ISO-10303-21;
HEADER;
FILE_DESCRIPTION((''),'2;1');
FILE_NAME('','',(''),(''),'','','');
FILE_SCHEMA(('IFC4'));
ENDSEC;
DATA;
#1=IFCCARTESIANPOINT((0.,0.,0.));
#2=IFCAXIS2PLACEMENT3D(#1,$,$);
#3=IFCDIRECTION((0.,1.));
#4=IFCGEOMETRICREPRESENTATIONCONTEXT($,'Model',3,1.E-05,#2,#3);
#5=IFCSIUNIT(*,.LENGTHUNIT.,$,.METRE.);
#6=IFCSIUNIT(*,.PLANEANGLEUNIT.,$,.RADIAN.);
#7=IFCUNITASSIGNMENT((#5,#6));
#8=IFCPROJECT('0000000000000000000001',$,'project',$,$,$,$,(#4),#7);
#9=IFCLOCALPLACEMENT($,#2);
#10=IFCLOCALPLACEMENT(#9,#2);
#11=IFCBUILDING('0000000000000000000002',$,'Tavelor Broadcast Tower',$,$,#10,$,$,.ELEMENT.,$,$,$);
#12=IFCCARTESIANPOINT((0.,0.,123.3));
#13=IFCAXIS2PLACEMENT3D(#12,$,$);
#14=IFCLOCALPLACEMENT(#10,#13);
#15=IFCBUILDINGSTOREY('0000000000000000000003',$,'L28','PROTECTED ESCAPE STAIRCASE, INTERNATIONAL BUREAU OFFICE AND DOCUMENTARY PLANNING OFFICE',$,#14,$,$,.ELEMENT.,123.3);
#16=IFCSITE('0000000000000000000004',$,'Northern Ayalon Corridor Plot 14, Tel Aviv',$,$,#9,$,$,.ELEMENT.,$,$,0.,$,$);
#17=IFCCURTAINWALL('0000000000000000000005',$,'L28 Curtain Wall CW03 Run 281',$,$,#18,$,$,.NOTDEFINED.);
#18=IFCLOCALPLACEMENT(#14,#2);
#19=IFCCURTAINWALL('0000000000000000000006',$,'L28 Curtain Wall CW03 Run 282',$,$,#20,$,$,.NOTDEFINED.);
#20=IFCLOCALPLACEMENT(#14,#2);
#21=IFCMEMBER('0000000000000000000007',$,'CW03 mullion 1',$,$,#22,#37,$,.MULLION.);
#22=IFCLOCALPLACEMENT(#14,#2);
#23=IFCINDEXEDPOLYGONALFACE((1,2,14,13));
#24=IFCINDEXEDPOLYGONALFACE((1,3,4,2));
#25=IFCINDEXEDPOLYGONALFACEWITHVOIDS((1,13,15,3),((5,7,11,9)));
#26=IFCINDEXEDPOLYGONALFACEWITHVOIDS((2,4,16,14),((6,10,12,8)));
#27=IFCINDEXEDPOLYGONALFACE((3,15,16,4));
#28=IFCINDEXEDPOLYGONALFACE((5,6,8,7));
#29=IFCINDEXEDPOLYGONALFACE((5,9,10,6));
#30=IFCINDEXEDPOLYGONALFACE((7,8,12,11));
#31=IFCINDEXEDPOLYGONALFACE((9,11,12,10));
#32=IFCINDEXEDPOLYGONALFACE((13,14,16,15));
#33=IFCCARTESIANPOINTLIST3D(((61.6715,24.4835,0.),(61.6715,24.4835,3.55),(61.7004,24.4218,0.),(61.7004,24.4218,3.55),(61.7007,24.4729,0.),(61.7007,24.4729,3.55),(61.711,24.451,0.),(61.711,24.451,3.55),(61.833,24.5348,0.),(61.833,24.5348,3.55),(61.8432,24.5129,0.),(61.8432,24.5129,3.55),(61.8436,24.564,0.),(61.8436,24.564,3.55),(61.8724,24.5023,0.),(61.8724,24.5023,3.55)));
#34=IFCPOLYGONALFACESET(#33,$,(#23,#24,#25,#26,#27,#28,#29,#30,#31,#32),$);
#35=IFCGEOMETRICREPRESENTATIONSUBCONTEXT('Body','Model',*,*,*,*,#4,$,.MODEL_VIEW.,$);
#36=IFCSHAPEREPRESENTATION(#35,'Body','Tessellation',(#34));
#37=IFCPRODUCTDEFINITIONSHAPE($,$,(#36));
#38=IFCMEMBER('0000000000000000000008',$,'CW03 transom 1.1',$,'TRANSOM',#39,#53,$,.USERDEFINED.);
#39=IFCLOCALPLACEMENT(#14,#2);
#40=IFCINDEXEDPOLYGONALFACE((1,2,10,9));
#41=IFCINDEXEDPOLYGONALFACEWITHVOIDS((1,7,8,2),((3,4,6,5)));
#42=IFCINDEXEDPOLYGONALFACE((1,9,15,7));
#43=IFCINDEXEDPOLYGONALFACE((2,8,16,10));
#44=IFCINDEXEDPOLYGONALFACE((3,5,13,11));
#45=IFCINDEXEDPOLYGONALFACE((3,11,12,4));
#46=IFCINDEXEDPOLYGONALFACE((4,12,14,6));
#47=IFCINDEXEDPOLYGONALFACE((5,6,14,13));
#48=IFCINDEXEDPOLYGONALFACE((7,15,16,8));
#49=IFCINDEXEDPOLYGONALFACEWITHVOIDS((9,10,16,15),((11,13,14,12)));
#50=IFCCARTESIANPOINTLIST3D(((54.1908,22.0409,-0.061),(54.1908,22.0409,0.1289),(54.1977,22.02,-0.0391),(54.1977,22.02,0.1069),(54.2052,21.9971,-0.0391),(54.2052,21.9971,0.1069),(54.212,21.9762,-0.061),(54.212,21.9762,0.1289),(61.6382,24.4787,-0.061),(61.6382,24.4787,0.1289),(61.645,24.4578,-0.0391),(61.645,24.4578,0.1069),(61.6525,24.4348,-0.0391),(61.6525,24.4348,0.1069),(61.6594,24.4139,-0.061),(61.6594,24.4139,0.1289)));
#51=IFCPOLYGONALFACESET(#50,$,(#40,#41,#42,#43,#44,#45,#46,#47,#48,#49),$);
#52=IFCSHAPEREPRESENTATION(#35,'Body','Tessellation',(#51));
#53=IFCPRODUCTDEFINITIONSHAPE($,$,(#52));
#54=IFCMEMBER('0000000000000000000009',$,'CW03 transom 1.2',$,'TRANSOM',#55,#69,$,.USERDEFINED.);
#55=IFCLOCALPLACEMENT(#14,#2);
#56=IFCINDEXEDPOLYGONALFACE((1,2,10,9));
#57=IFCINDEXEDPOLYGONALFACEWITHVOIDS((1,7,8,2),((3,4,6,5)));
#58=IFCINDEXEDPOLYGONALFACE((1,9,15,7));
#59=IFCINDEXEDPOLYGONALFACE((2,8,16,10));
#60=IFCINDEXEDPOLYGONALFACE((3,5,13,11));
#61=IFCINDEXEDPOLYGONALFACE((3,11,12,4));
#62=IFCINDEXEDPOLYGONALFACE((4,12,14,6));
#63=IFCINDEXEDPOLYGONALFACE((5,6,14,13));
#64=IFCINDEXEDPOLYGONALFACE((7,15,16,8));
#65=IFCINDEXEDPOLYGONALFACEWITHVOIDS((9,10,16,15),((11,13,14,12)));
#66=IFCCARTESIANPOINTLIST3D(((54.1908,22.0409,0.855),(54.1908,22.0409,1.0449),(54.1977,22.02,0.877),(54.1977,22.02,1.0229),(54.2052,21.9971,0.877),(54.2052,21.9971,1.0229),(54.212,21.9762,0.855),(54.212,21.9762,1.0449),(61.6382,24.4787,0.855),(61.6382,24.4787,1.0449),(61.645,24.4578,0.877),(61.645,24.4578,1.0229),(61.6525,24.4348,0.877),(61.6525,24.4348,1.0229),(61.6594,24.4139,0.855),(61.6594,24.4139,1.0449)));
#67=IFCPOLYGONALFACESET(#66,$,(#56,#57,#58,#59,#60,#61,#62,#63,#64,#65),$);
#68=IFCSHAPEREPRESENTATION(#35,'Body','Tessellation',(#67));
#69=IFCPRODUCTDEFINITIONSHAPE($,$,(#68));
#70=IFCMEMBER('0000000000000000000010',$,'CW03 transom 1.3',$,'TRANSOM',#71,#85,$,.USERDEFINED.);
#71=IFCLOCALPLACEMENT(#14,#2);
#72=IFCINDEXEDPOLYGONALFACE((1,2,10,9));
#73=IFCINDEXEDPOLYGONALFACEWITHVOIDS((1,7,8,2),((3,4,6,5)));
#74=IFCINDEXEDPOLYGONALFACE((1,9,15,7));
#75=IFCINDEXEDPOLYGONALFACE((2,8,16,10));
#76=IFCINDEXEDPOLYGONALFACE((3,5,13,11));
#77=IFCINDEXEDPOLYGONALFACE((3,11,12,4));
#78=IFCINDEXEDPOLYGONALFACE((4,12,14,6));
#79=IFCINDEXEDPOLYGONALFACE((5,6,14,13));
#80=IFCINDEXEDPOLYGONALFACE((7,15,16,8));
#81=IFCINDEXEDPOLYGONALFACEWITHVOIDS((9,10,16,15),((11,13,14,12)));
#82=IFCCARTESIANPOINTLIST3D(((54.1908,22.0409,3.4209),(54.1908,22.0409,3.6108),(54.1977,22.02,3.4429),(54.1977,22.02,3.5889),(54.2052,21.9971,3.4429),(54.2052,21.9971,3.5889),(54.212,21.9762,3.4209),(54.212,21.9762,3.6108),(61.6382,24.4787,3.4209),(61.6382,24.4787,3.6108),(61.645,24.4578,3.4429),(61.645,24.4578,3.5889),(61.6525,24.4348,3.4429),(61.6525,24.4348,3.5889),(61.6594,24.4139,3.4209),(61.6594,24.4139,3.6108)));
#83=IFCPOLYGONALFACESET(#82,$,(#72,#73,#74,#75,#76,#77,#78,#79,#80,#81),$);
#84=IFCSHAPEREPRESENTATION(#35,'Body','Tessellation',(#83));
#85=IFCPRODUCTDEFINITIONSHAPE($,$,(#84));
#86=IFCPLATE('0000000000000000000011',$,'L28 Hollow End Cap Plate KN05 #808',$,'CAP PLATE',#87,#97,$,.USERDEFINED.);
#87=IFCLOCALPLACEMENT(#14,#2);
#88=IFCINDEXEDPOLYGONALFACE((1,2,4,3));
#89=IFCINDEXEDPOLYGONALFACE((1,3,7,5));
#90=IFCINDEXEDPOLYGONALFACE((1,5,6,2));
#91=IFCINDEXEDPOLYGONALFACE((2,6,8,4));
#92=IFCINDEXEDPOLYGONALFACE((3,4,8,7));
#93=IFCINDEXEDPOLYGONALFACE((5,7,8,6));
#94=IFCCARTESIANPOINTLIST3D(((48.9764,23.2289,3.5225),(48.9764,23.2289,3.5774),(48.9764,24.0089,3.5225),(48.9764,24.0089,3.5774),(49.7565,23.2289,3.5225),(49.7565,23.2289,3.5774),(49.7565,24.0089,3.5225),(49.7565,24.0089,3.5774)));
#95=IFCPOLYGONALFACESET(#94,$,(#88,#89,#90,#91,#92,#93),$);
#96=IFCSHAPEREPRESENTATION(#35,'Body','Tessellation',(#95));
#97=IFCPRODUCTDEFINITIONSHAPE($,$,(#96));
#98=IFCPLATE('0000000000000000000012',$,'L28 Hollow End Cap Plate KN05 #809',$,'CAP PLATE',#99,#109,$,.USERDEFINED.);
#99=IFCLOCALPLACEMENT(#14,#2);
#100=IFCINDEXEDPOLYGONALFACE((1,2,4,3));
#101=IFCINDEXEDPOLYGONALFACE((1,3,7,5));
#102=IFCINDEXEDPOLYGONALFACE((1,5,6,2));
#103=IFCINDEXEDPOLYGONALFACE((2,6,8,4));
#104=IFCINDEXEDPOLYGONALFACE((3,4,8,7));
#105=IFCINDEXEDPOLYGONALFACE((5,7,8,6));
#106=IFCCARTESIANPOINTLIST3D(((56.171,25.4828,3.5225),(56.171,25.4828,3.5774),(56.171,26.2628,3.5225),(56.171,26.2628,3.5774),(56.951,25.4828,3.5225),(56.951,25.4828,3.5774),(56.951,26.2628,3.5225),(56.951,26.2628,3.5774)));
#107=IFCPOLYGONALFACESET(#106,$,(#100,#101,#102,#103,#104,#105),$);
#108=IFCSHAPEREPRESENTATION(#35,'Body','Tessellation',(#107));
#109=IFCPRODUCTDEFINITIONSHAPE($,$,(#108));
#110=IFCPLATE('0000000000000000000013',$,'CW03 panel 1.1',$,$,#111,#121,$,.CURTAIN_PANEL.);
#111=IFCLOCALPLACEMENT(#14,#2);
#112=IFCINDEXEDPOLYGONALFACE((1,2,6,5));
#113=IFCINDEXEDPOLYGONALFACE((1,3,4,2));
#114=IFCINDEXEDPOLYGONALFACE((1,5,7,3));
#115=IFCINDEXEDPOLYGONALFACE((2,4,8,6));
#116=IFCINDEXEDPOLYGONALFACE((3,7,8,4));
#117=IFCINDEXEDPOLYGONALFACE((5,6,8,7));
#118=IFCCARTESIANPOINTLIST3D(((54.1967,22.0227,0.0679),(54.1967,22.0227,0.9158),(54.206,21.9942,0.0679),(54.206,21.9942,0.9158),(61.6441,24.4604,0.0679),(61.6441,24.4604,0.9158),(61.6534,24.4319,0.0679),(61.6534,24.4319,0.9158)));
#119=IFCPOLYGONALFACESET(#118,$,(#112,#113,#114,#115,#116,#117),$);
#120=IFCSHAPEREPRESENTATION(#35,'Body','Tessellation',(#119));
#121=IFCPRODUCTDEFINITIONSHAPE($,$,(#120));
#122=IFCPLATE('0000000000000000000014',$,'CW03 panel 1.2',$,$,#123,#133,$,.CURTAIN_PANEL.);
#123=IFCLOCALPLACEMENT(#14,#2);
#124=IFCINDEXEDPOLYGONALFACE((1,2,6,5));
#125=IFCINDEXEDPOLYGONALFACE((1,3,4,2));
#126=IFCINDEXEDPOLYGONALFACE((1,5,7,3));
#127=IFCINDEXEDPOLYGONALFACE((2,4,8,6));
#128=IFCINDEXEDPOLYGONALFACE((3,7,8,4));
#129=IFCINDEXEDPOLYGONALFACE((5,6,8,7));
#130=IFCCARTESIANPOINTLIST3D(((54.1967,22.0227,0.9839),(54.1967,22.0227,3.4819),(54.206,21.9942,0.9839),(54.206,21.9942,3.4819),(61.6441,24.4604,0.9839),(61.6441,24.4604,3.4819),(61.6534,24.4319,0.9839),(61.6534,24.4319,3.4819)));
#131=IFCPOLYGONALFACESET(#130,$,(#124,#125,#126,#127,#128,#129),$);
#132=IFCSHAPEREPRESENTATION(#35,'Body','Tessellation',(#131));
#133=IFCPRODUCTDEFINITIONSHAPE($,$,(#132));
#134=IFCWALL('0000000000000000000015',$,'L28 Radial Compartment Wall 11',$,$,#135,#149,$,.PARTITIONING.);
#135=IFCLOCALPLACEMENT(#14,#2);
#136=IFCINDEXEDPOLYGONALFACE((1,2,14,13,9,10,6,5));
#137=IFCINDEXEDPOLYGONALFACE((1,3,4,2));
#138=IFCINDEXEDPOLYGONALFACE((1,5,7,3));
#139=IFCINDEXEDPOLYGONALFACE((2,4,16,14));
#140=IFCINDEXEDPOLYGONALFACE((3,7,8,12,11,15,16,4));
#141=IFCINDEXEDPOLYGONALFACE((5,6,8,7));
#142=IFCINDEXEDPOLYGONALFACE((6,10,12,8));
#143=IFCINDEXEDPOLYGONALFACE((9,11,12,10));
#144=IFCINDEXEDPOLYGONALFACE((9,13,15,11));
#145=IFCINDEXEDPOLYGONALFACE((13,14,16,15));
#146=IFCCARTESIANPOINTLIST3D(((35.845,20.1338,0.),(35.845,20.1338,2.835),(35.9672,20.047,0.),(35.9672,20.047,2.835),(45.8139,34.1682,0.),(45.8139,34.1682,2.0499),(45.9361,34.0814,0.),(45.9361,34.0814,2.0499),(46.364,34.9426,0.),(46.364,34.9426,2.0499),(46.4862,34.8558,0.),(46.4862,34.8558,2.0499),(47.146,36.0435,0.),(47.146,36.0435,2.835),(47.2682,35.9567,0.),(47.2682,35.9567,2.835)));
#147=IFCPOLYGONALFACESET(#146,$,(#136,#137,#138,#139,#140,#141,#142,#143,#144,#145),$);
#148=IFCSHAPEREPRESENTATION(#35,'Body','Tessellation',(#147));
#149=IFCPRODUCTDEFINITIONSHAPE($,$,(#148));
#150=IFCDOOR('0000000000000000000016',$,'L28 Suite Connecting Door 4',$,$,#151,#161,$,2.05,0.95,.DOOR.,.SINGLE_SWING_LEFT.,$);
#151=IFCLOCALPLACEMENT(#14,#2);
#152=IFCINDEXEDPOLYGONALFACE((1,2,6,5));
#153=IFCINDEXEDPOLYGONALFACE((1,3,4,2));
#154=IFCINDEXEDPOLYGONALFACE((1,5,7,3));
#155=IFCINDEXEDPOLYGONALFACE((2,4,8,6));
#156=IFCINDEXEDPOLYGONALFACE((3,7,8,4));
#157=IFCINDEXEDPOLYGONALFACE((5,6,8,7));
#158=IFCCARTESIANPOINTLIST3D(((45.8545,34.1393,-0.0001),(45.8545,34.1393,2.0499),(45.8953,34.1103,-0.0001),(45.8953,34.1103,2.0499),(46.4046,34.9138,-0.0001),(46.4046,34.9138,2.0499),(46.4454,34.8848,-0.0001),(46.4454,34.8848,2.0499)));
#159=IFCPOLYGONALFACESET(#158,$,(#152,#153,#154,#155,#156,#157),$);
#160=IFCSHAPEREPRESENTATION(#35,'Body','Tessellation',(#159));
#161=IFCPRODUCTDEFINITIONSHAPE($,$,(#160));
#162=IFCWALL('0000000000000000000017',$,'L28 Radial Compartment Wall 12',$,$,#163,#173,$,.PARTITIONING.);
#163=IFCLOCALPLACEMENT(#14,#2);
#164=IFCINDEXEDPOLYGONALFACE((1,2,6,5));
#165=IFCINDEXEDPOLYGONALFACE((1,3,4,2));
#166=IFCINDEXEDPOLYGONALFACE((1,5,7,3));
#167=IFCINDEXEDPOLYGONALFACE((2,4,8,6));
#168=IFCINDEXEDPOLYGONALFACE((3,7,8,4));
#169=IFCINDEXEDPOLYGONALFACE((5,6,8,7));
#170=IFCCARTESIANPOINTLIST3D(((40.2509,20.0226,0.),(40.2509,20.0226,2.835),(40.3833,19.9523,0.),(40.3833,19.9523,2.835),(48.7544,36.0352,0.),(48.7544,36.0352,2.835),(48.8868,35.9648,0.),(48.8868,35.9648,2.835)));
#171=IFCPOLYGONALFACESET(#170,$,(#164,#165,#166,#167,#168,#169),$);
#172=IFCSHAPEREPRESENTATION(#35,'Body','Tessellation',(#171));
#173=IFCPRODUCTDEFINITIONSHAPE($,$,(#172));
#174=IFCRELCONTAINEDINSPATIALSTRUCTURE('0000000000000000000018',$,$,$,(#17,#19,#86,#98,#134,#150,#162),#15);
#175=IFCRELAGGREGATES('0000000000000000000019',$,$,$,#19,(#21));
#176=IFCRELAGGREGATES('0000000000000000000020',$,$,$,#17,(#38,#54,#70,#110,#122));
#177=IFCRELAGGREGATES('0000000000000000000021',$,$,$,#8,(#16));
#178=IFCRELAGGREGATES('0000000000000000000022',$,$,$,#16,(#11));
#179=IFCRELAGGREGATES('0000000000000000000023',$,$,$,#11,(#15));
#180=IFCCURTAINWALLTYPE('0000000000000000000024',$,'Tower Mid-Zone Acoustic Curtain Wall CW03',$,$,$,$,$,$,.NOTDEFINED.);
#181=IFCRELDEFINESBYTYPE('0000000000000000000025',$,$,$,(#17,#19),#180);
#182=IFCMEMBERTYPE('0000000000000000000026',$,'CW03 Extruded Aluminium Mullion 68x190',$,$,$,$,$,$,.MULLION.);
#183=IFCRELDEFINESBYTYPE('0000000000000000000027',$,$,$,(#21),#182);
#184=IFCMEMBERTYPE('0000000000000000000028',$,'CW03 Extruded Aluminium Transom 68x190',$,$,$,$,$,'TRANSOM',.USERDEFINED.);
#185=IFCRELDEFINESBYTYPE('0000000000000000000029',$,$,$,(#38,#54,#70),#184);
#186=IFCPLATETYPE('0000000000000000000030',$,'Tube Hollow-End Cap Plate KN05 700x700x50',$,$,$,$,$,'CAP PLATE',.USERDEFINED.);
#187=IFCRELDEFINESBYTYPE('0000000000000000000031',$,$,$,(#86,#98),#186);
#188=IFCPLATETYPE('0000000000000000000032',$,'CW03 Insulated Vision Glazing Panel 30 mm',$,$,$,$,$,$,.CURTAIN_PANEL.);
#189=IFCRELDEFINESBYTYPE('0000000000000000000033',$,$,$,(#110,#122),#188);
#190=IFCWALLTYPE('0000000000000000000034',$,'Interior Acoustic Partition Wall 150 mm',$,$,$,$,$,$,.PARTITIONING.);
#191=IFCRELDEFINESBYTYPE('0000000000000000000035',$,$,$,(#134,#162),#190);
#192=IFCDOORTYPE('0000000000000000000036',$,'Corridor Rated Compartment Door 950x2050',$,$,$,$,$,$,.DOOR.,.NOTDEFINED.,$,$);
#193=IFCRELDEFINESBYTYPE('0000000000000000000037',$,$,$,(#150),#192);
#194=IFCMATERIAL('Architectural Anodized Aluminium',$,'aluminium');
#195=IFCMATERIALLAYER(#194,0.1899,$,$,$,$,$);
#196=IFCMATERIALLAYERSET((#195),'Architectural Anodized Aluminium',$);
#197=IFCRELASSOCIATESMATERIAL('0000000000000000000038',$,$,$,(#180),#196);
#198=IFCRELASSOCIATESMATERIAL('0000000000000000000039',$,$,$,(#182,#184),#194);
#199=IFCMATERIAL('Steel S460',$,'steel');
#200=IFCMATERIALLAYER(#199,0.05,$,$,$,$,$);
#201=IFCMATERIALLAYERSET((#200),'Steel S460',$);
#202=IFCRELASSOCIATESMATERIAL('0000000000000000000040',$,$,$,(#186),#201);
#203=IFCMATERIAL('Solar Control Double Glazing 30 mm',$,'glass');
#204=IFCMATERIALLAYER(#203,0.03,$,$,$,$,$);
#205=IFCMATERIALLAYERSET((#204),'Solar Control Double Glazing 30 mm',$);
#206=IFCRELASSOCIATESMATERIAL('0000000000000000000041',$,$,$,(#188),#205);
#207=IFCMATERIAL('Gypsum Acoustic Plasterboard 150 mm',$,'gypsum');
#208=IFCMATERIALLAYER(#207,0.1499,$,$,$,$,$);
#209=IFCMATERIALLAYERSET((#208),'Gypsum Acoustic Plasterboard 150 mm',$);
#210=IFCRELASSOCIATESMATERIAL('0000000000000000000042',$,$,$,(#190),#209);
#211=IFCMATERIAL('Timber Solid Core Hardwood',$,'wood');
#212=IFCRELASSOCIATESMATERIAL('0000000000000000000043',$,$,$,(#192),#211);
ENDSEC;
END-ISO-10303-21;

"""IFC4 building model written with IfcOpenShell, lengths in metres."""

from ifc_helpers import new_model, si_unit, direction, frame, frame_2d, origin, origin_2d, place, context, subcontext, project, spatial, rectangle, hollow_rectangle, extrude, source, transform, mapped, material, layer, layer_set, material_profile, profile_set, type_object, type_shapes, element, fill, aggregate, save


model = new_model("IFC4")

# Units and contexts
model_context = context("Model", 3, precision=1e-05, world=origin(), true_north=direction((0.0, 1.0)))
body_context = subcontext(model_context, "Body", "Model", "MODEL_VIEW")
ifc_project = project(units=[si_unit("LENGTHUNIT", "METRE"), si_unit("PLANEANGLEUNIT", "RADIAN")], contexts=[model_context])

# Site, building, storey
site_placement = place(None, origin())
site = spatial("IfcSite", under=ifc_project, at=site_placement, Name="Northern Ayalon Corridor Plot 14, Tel Aviv", CompositionType="ELEMENT", RefElevation=0.0)
building_placement = place(site_placement, origin())
building = spatial("IfcBuilding", under=site, at=building_placement, Name="Tavelor Broadcast Tower", CompositionType="ELEMENT")
storey_placement = place(building_placement, frame((0.0, 0.0, 123.3)))
storey = spatial("IfcBuildingStorey", under=building, at=storey_placement, Name="L28", Description="PROTECTED ESCAPE STAIRCASE, INTERNATIONAL BUREAU OFFICE AND DOCUMENTARY PLANNING OFFICE", CompositionType="ELEMENT", Elevation=123.3)

# Shared definitions
ifc_material_1 = material(Name="Steel S460", Category="steel")

# Curtain wall
ifc_material_2 = material(Name="Architectural Anodized Aluminium", Category="aluminium")
ifc_layer_1 = layer(ifc_material_2, 0.1899)
ifc_layer_set_1 = layer_set([ifc_layer_1], Name="Architectural Anodized Aluminium")
curtain_wall_type = type_object("IfcCurtainWallType", Name="Tower Mid-Zone Acoustic Curtain Wall CW03", PredefinedType="NOTDEFINED", material=ifc_layer_set_1)
curtain_wall_1_placement = place(storey_placement, origin())
curtain_wall_1 = element("IfcCurtainWall", 1, at=curtain_wall_1_placement, inside=storey, type_object=curtain_wall_type, Name="L28 Curtain Wall CW03 Run 281", PredefinedType="NOTDEFINED")
ifc_material_profile_1 = material_profile(ifc_material_2, hollow_rectangle(XDim=0.0681, YDim=0.1899, WallThickness=0.022, at=origin_2d()), Name="RHS 68x190x22")
ifc_profile_set_1 = profile_set([ifc_material_profile_1], Name="Architectural Anodized Aluminium")
member_type_1 = type_object("IfcMemberType", Name="CW03 Extruded Aluminium Mullion 68x190", PredefinedType="MULLION", material=ifc_profile_set_1)
shared_shape_1 = source(origin(), body_context, "Body", "SweptSolid", [
    extrude(hollow_rectangle(XDim=0.0681, YDim=0.1899, WallThickness=0.022, at=origin_2d()), origin(), (0.0, 0.0, 1.0), 3.55),
])
type_shapes(member_type_1, [shared_shape_1])

# Curtain wall, member
curtain_wall_2_placement = place(storey_placement, origin())
curtain_wall_2 = element("IfcCurtainWall", 2, at=curtain_wall_2_placement, inside=storey, type_object=curtain_wall_type, Name="L28 Curtain Wall CW03 Run 282", PredefinedType="NOTDEFINED")
member_1_placement = place(storey_placement, frame((61.772, 24.4929, 0.0), z_axis=(0.0, 0.0, 1.0), x_axis=(-0.423802, 0.905755, 0.0)))
member_1 = element("IfcMember", 3, at=member_1_placement, type_object=member_type_1, Name="CW03 mullion 1", PredefinedType="MULLION", context=body_context, shape_type="MappedRepresentation", body=[
    mapped(shared_shape_1, transform((0.0, 0.0, 0.0), scale=1.0)),
])
aggregate(curtain_wall_2, [member_1])

# Members
ifc_material_profile_2 = material_profile(ifc_material_2, hollow_rectangle(XDim=0.0681, YDim=0.1899, WallThickness=0.022, at=origin_2d()), Name="RHS 68x190x22")
ifc_profile_set_2 = profile_set([ifc_material_profile_2], Name="Architectural Anodized Aluminium")
member_type_2 = type_object("IfcMemberType", Name="CW03 Extruded Aluminium Transom 68x190", ElementType="TRANSOM", PredefinedType="USERDEFINED", material=ifc_profile_set_2)
shared_shape_2 = source(origin(), body_context, "Body", "SweptSolid", [
    extrude(hollow_rectangle(XDim=0.0681, YDim=0.1899, WallThickness=0.022, at=origin_2d()), origin(), (0.0, 0.0, 1.0), 7.8362),
])
type_shapes(member_type_2, [shared_shape_2])
member_2_placement = place(storey_placement, frame((54.2014, 22.0085, 0.0339), z_axis=(0.95038, 0.311092, 0.0), x_axis=(-0.311092, 0.95038, 0.0)))
member_2 = element("IfcMember", 4, at=member_2_placement, type_object=member_type_2, Name="CW03 transom 1.1", ObjectType="TRANSOM", PredefinedType="USERDEFINED", context=body_context, shape_type="MappedRepresentation", body=[
    mapped(shared_shape_2, transform((0.0, 0.0, 0.0), scale=1.0)),
])
member_3_placement = place(storey_placement, frame((54.2014, 22.0085, 0.95), z_axis=(0.95038, 0.311092, 0.0), x_axis=(-0.311092, 0.95038, 0.0)))
member_3 = element("IfcMember", 5, at=member_3_placement, type_object=member_type_2, Name="CW03 transom 1.2", ObjectType="TRANSOM", PredefinedType="USERDEFINED", context=body_context, shape_type="MappedRepresentation", body=[
    mapped(shared_shape_2, transform((0.0, 0.0, 0.0), scale=1.0)),
])
member_4_placement = place(storey_placement, frame((54.2014, 22.0085, 3.5159), z_axis=(0.95038, 0.311092, 0.0), x_axis=(-0.311092, 0.95038, 0.0)))
member_4 = element("IfcMember", 6, at=member_4_placement, type_object=member_type_2, Name="CW03 transom 1.3", ObjectType="TRANSOM", PredefinedType="USERDEFINED", context=body_context, shape_type="MappedRepresentation", body=[
    mapped(shared_shape_2, transform((0.0, 0.0, 0.0), scale=1.0)),
])

# Plates
ifc_layer_2 = layer(ifc_material_1, 0.05)
ifc_layer_set_2 = layer_set([ifc_layer_2], Name="Steel S460")
plate_type_1 = type_object("IfcPlateType", Name="Tube Hollow-End Cap Plate KN05 700x700x50", ElementType="CAP PLATE", PredefinedType="USERDEFINED", material=ifc_layer_set_2)
shared_shape_3 = source(origin(), body_context, "Body", "SweptSolid", [
    extrude(rectangle(XDim=0.78, YDim=0.78, at=origin_2d()), origin(), (0.0, 0.0, 1.0), 0.0549),
])
type_shapes(plate_type_1, [shared_shape_3])
for number, where, z_axis, x_axis, name in (
    (7, (49.3665, 23.6189, 3.5225), (0.0, 0.0, 1.0), (1.0, 0.0, 0.0), "L28 Hollow End Cap Plate KN05 #808"),
    (8, (56.561, 25.8728, 3.5225), (0.0, 0.0, 1.0), (1.0, 0.0, 0.0), "L28 Hollow End Cap Plate KN05 #809"),
):
    element("IfcPlate", number, at=place(storey_placement, frame(where, z_axis=z_axis, x_axis=x_axis)), inside=storey, type_object=plate_type_1, Name=name, ObjectType="CAP PLATE", PredefinedType="USERDEFINED", context=body_context, shape_type="MappedRepresentation", body=[
        mapped(shared_shape_3, transform((0.0, 0.0, 0.0), scale=1.0)),
    ])

# Plates
ifc_material_3 = material(Name="Solar Control Double Glazing 30 mm", Category="glass")
ifc_layer_3 = layer(ifc_material_3, 0.03)
ifc_layer_set_3 = layer_set([ifc_layer_3], Name="Solar Control Double Glazing 30 mm")
plate_type_2 = type_object("IfcPlateType", Name="CW03 Insulated Vision Glazing Panel 30 mm", PredefinedType="CURTAIN_PANEL", material=ifc_layer_set_3)
shared_shape_4 = source(origin(), body_context, "Body", "SweptSolid", [
    extrude(rectangle(XDim=7.8362, YDim=0.03, at=origin_2d()), origin(), (0.0, 0.0, 1.0), 0.8479),
])
plate_1_placement = place(storey_placement, frame((57.925, 23.2273, 0.0679), z_axis=(0.0, 0.0, 1.0), x_axis=(0.950382, 0.311086, 0.0)))
plate_1 = element("IfcPlate", 9, at=plate_1_placement, type_object=plate_type_2, Name="CW03 panel 1.1", PredefinedType="CURTAIN_PANEL", context=body_context, shape_type="MappedRepresentation", body=[
    mapped(shared_shape_4, transform((0.0, 0.0, 0.0), scale=1.0)),
])
shared_shape_5 = source(origin(), body_context, "Body", "SweptSolid", [
    extrude(rectangle(XDim=7.8362, YDim=0.03, at=origin_2d()), origin(), (0.0, 0.0, 1.0), 2.498),
])
type_shapes(plate_type_2, [shared_shape_4, shared_shape_5])
plate_2_placement = place(storey_placement, frame((57.925, 23.2273, 0.9839), z_axis=(0.0, 0.0, 1.0), x_axis=(0.950382, 0.311086, 0.0)))
plate_2 = element("IfcPlate", 10, at=plate_2_placement, type_object=plate_type_2, Name="CW03 panel 1.2", PredefinedType="CURTAIN_PANEL", context=body_context, shape_type="MappedRepresentation", body=[
    mapped(shared_shape_5, transform((0.0, 0.0, 0.0), scale=1.0)),
])
aggregate(curtain_wall_1, [member_2, member_3, member_4, plate_1, plate_2])

# Wall, opening, door
ifc_material_4 = material(Name="Gypsum Acoustic Plasterboard 150 mm", Category="gypsum")
ifc_layer_4 = layer(ifc_material_4, 0.1499)
ifc_layer_set_4 = layer_set([ifc_layer_4], Name="Gypsum Acoustic Plasterboard 150 mm")
wall_type = type_object("IfcWallType", Name="Interior Acoustic Partition Wall 150 mm", PredefinedType="PARTITIONING", material=ifc_layer_set_4)
wall_1_placement = place(storey_placement, frame((47.207, 36.0, 0.0), z_axis=(0.0, 0.0, 1.0), x_axis=(-0.579098, -0.815258, 0.0)))
wall_1 = element("IfcWall", 11, at=wall_1_placement, inside=storey, type_object=wall_type, Name="L28 Radial Compartment Wall 11", PredefinedType="PARTITIONING", context=body_context, shape_type="SweptSolid", body=[
    extrude(rectangle(XDim=19.5149, YDim=0.1499, at=frame_2d((9.7573, 0.0))), origin(), (0.0, 0.0, 1.0), 2.835),
])
opening_1_placement = place(wall_1_placement, frame((1.3501, 0.0, 0.0)))
opening_1 = element("IfcOpeningElement", 12, at=opening_1_placement, cuts=wall_1, PredefinedType="OPENING", context=body_context, shape_type="SweptSolid", body=[
    extrude(rectangle(XDim=0.95, YDim=2.05, at=frame_2d((0.4751, 1.0249))), frame((0.0, 0.085, 0.0), z_axis=(0.0, -1.0, 0.0), x_axis=(1.0, 0.0, 0.0)), (0.0, 0.0, 1.0), 0.1699),
])
ifc_material_5 = material(Name="Timber Solid Core Hardwood", Category="wood")
door_type_1 = type_object("IfcDoorType", Name="Corridor Rated Compartment Door 950x2050", OperationType="NOTDEFINED", PredefinedType="DOOR", material=ifc_material_5)
door_1_placement = place(opening_1_placement, origin())
door_1 = element("IfcDoor", 13, at=door_1_placement, inside=storey, type_object=door_type_1, Name="L28 Suite Connecting Door 4", OperationType="SINGLE_SWING_LEFT", OverallHeight=2.05, OverallWidth=0.95, PredefinedType="DOOR", context=body_context, shape_type="SweptSolid", body=[
    extrude(rectangle(XDim=0.95, YDim=2.05, at=frame_2d((0.4751, 1.0249))), frame((0.0, 0.0249, 0.0), z_axis=(0.0, -1.0, 0.0), x_axis=(1.0, 0.0, 0.0)), (0.0, 0.0, 1.0), 0.05),
])
fill(opening_1, door_1)

# Wall
wall_2_placement = place(storey_placement, frame((48.8206, 36.0, 0.0), z_axis=(0.0, 0.0, 1.0), x_axis=(-0.469018, -0.883189, 0.0)))
element("IfcWall", 14, at=wall_2_placement, inside=storey, type_object=wall_type, Name="L28 Radial Compartment Wall 12", PredefinedType="PARTITIONING", context=body_context, shape_type="SweptSolid", body=[
    extrude(rectangle(XDim=18.1304, YDim=0.1499, at=frame_2d((9.0652, 0.0))), origin(), (0.0, 0.0, 1.0), 2.835),
])

save(model, "model.ifc")
